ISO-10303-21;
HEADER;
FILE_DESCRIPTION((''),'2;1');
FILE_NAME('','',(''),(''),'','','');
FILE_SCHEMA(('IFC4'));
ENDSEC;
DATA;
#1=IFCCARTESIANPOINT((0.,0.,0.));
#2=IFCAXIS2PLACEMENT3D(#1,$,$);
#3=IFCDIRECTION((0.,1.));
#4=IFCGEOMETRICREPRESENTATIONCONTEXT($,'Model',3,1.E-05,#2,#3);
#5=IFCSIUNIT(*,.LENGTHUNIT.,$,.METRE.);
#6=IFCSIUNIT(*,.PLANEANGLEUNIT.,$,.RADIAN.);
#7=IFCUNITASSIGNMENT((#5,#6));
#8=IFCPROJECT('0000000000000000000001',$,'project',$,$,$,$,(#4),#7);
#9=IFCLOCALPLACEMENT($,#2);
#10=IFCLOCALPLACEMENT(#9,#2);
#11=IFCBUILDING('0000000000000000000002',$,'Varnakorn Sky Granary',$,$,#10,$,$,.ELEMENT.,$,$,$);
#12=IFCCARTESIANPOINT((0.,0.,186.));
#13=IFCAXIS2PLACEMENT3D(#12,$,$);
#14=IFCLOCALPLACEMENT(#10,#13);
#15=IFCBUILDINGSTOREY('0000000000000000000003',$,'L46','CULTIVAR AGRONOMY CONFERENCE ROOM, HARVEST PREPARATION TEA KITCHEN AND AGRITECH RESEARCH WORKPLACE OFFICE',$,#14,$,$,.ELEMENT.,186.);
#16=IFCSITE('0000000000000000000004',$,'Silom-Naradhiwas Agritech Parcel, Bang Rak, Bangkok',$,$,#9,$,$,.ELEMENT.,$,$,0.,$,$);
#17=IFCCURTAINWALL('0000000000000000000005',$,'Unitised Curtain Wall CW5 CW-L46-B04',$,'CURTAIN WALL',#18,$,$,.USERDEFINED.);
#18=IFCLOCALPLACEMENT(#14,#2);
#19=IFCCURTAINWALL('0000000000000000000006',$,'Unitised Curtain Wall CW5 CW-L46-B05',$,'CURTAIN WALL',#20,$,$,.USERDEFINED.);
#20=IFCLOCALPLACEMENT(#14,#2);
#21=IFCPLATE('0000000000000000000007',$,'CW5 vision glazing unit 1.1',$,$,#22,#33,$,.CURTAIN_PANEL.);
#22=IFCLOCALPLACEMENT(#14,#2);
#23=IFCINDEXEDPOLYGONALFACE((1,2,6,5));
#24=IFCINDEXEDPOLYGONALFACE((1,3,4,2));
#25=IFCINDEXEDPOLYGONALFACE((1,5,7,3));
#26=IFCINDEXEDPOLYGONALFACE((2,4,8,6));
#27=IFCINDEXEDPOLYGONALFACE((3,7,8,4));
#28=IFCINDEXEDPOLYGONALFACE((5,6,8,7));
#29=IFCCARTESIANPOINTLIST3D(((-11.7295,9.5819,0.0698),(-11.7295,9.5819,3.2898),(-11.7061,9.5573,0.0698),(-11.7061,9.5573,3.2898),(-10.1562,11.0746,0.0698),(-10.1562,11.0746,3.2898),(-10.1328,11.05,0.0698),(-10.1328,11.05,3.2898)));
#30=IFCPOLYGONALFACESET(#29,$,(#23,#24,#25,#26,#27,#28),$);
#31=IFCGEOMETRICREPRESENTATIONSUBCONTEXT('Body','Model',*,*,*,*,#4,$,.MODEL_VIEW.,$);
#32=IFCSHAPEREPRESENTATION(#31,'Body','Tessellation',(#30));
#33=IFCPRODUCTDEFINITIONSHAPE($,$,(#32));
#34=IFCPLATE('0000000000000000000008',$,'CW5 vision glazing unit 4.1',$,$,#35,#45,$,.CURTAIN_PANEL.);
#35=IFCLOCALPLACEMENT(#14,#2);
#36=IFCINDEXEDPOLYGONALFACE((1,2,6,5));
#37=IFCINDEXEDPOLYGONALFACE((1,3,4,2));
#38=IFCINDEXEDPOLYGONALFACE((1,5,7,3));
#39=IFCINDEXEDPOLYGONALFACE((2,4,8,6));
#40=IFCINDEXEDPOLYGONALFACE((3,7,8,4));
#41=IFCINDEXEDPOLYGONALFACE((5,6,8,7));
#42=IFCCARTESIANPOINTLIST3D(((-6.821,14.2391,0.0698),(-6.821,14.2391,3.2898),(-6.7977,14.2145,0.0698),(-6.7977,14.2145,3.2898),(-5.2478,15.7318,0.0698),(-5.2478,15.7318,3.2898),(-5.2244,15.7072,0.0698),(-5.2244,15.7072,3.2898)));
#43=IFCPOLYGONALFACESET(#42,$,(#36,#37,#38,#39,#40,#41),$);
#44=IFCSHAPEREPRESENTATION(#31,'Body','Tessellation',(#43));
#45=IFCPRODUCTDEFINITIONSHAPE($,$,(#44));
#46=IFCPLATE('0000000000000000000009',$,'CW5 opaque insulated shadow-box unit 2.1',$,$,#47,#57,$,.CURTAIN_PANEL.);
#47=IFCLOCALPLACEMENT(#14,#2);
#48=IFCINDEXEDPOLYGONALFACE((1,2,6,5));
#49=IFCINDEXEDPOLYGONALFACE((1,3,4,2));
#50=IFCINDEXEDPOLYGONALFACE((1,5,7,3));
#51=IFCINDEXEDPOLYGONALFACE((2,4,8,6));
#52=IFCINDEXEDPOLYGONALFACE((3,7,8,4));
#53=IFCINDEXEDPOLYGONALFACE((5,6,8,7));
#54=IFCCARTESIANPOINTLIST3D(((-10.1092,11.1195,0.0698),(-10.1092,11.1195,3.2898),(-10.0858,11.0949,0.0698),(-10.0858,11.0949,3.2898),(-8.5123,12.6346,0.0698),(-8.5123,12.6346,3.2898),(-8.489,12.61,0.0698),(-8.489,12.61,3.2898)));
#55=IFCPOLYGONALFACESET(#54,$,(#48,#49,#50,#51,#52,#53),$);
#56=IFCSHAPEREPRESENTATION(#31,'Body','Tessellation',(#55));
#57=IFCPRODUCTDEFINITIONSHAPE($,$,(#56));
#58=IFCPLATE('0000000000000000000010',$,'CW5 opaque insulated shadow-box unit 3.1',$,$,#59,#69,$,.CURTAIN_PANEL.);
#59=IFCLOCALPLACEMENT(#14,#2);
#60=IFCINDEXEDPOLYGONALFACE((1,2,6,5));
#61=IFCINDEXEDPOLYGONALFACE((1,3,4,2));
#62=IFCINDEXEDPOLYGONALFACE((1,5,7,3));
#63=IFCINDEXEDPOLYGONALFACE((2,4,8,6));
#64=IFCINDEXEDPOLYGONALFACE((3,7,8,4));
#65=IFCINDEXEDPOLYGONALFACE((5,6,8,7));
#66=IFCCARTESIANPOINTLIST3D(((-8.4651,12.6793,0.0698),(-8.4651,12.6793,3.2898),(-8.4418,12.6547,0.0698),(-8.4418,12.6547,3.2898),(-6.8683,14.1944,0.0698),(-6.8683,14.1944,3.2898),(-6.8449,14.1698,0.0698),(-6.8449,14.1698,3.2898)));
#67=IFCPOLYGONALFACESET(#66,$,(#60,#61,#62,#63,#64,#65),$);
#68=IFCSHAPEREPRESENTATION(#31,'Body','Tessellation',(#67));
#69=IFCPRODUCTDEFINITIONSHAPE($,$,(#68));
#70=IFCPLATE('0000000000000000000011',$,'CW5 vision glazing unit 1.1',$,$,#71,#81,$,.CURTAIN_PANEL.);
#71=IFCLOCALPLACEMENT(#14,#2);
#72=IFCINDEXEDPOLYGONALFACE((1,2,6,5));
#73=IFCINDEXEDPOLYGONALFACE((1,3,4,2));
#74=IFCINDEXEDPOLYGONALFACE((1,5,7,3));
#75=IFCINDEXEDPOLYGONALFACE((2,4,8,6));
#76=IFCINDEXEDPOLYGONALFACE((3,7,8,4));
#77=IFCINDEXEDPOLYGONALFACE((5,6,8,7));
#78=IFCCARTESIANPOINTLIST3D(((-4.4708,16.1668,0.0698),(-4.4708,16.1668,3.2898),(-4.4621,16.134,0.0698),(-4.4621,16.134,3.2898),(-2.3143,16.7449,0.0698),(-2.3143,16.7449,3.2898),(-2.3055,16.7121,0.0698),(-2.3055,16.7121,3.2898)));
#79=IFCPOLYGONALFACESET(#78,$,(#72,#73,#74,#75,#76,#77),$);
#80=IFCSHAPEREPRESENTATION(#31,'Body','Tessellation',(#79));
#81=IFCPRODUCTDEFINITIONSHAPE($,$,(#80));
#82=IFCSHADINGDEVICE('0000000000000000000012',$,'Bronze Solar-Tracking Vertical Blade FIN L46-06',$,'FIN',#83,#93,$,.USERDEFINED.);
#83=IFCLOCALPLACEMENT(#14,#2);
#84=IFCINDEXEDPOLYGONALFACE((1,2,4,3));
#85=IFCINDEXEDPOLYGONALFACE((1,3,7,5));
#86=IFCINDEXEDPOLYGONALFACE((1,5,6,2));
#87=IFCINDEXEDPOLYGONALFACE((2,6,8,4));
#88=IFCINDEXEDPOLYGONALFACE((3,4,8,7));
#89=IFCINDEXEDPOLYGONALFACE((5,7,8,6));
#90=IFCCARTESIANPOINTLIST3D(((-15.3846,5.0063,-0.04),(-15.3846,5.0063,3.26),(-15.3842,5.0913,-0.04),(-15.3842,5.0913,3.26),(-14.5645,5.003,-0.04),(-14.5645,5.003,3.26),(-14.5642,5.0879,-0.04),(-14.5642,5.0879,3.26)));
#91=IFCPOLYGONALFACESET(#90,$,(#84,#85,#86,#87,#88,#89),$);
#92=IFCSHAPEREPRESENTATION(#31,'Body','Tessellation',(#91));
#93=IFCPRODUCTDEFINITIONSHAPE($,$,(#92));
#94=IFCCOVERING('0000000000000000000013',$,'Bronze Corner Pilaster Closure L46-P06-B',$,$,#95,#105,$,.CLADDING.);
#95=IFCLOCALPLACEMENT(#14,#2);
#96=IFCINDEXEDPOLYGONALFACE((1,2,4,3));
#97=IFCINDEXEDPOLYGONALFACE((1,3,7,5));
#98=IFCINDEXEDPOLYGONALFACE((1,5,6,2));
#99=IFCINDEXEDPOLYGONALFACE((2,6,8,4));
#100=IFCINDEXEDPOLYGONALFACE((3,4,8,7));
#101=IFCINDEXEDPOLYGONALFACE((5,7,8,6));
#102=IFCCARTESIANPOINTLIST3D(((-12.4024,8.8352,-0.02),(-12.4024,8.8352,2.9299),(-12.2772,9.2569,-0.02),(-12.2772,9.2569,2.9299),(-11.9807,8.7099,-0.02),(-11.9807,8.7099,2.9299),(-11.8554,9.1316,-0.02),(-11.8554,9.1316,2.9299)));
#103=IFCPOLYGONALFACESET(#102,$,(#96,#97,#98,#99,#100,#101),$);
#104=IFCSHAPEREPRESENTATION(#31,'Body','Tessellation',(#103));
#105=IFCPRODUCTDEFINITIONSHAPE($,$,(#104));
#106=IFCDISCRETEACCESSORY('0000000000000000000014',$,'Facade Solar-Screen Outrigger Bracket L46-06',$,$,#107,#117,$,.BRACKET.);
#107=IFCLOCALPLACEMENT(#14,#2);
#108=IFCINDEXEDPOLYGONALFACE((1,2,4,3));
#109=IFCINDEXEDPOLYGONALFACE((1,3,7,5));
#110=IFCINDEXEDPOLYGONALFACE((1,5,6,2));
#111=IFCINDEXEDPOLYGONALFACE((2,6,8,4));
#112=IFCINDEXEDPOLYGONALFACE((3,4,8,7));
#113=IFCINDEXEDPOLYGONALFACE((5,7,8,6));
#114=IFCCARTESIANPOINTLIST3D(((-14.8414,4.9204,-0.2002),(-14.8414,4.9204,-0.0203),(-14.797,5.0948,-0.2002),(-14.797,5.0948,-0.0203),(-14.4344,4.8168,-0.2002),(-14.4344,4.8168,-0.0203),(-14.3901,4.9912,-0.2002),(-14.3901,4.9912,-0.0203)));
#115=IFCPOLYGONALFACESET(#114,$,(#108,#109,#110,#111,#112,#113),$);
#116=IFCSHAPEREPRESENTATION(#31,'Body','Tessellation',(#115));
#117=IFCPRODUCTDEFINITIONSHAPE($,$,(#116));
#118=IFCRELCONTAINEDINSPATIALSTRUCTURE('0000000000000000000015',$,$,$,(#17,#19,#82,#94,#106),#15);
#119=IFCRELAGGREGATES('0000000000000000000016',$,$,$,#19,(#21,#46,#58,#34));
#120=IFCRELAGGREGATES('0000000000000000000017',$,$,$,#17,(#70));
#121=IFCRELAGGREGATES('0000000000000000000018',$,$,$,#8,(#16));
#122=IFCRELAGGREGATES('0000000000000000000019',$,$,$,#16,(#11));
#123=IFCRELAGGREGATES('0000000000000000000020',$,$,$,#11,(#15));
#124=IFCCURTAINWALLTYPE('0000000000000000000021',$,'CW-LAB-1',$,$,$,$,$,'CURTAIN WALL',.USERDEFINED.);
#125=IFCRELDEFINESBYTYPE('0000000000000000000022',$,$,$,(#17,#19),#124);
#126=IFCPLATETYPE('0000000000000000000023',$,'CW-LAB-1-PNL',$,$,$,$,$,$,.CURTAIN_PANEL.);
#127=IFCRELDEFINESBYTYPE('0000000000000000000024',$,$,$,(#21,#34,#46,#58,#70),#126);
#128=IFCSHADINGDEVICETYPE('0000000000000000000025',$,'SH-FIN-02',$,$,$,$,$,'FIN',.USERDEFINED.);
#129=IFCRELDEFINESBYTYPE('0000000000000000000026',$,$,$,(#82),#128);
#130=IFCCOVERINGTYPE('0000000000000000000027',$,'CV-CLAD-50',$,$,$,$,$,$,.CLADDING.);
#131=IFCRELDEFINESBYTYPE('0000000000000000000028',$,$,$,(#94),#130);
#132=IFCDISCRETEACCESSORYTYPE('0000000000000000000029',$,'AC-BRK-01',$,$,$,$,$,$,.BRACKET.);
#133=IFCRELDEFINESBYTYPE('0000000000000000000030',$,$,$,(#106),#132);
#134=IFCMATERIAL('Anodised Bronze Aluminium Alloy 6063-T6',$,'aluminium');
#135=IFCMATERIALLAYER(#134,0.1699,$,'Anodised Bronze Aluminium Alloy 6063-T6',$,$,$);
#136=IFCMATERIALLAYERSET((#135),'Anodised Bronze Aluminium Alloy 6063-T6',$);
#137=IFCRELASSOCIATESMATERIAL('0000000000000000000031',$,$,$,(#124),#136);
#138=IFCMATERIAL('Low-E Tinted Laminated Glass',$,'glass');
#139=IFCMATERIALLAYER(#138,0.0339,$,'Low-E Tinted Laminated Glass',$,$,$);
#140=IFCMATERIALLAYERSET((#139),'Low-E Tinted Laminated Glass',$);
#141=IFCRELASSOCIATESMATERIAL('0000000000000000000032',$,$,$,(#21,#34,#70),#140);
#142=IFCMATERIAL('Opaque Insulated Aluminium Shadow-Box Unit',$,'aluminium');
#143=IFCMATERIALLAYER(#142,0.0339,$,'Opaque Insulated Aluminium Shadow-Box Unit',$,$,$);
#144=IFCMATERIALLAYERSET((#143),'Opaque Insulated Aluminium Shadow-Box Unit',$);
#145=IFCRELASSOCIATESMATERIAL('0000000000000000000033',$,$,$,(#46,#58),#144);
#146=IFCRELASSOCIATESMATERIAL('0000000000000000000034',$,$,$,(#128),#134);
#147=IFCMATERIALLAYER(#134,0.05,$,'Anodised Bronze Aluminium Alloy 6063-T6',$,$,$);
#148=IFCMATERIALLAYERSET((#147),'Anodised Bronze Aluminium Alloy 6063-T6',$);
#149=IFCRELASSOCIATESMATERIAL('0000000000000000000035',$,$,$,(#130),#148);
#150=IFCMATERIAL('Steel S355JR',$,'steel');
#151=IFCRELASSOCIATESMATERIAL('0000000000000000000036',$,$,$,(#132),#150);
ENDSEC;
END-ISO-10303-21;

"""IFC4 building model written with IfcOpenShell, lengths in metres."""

from ifc_helpers import new_model, si_unit, direction, frame, origin, origin_2d, place, context, subcontext, project, spatial, rectangle, extrude, source, transform, mapped, material, layer, layer_set, type_object, type_shapes, element, aggregate, save


model = new_model("IFC4")

# Units and contexts
model_context = context("Model", 3, precision=1e-05, world=origin(), true_north=direction((0.0, 1.0)))
body_context = subcontext(model_context, "Body", "Model", "MODEL_VIEW")
ifc_project = project(units=[si_unit("LENGTHUNIT", "METRE"), si_unit("PLANEANGLEUNIT", "RADIAN")], contexts=[model_context])

# Site, building, storey
site_placement = place(None, origin())
site = spatial("IfcSite", under=ifc_project, at=site_placement, Name="Silom-Naradhiwas Agritech Parcel, Bang Rak, Bangkok", CompositionType="ELEMENT", RefElevation=0.0)
building_placement = place(site_placement, origin())
building = spatial("IfcBuilding", under=site, at=building_placement, Name="Varnakorn Sky Granary", CompositionType="ELEMENT")
storey_placement = place(building_placement, frame((0.0, 0.0, 186.0)))
storey = spatial("IfcBuildingStorey", under=building, at=storey_placement, Name="L46", Description="CULTIVAR AGRONOMY CONFERENCE ROOM, HARVEST PREPARATION TEA KITCHEN AND AGRITECH RESEARCH WORKPLACE OFFICE", CompositionType="ELEMENT", Elevation=186.0)

# Shared definitions
ifc_material_1 = material(Name="Steel S355JR", Category="steel")

# Curtain walls
ifc_material_2 = material(Name="Anodised Bronze Aluminium Alloy 6063-T6", Category="aluminium")
ifc_layer_1 = layer(ifc_material_2, 0.1699, Name="Anodised Bronze Aluminium Alloy 6063-T6")
ifc_layer_set_1 = layer_set([ifc_layer_1], Name="Anodised Bronze Aluminium Alloy 6063-T6")
curtain_wall_type = type_object("IfcCurtainWallType", Name="CW-LAB-1", ElementType="CURTAIN WALL", PredefinedType="USERDEFINED", material=ifc_layer_set_1)
curtain_wall_1_placement = place(storey_placement, origin())
curtain_wall_1 = element("IfcCurtainWall", 1, at=curtain_wall_1_placement, inside=storey, type_object=curtain_wall_type, Name="Unitised Curtain Wall CW5 CW-L46-B04", ObjectType="CURTAIN WALL", PredefinedType="USERDEFINED")
curtain_wall_2_placement = place(storey_placement, origin())
curtain_wall_2 = element("IfcCurtainWall", 2, at=curtain_wall_2_placement, inside=storey, type_object=curtain_wall_type, Name="Unitised Curtain Wall CW5 CW-L46-B05", ObjectType="CURTAIN WALL", PredefinedType="USERDEFINED")

# Plates
ifc_material_3 = material(Name="Low-E Tinted Laminated Glass", Category="glass")
ifc_layer_2 = layer(ifc_material_3, 0.0339, Name="Low-E Tinted Laminated Glass")
ifc_layer_set_2 = layer_set([ifc_layer_2], Name="Low-E Tinted Laminated Glass")
plate_type = type_object("IfcPlateType", Name="CW-LAB-1-PNL", PredefinedType="CURTAIN_PANEL")
shared_shape_1 = source(origin(), body_context, "Body", "SweptSolid", [
    extrude(rectangle(XDim=2.1687, YDim=0.0339, at=origin_2d()), origin(), (0.0, 0.0, 1.0), 3.22),
])
plate_1_placement = place(storey_placement, frame((-10.9312, 10.3159, 0.0698), z_axis=(0.0, 0.0, 1.0), x_axis=(0.725434, 0.688292, 0.0)))
plate_1 = element("IfcPlate", 3, at=plate_1_placement, type_object=plate_type, material=ifc_layer_set_2, Name="CW5 vision glazing unit 1.1", PredefinedType="CURTAIN_PANEL", context=body_context, shape_type="MappedRepresentation", body=[
    mapped(shared_shape_1, transform((0.0, 0.0, 0.0), x_axis=(1.0, 0.0, 0.0), y_axis=(0.0, 1.0, 0.0), z_axis=(0.0, 0.0, 1.0), scale=1.0)),
])
plate_2_placement = place(storey_placement, frame((-6.0227, 14.9731, 0.0698), z_axis=(0.0, 0.0, 1.0), x_axis=(0.725434, 0.688292, 0.0)))
plate_2 = element("IfcPlate", 4, at=plate_2_placement, type_object=plate_type, material=ifc_layer_set_2, Name="CW5 vision glazing unit 4.1", PredefinedType="CURTAIN_PANEL", context=body_context, shape_type="MappedRepresentation", body=[
    mapped(shared_shape_1, transform((0.0, 0.0, 0.0), x_axis=(1.0, 0.0, 0.0), y_axis=(0.0, 1.0, 0.0), z_axis=(0.0, 0.0, 1.0), scale=1.0)),
])
ifc_material_4 = material(Name="Opaque Insulated Aluminium Shadow-Box Unit", Category="aluminium")
ifc_layer_3 = layer(ifc_material_4, 0.0339, Name="Opaque Insulated Aluminium Shadow-Box Unit")
ifc_layer_set_3 = layer_set([ifc_layer_3], Name="Opaque Insulated Aluminium Shadow-Box Unit")
shared_shape_2 = source(origin(), body_context, "Body", "SweptSolid", [
    extrude(rectangle(XDim=2.2012, YDim=0.0339, at=origin_2d()), origin(), (0.0, 0.0, 1.0), 3.22),
])
plate_3_placement = place(storey_placement, frame((-9.2991, 11.8647, 0.0698), z_axis=(0.0, 0.0, 1.0), x_axis=(0.725434, 0.688292, 0.0)))
plate_3 = element("IfcPlate", 5, at=plate_3_placement, type_object=plate_type, material=ifc_layer_set_3, Name="CW5 opaque insulated shadow-box unit 2.1", PredefinedType="CURTAIN_PANEL", context=body_context, shape_type="MappedRepresentation", body=[
    mapped(shared_shape_2, transform((0.0, 0.0, 0.0), x_axis=(1.0, 0.0, 0.0), y_axis=(0.0, 1.0, 0.0), z_axis=(0.0, 0.0, 1.0), scale=1.0)),
])
plate_4_placement = place(storey_placement, frame((-7.655, 13.4246, 0.0698), z_axis=(0.0, 0.0, 1.0), x_axis=(0.725434, 0.688292, 0.0)))
plate_4 = element("IfcPlate", 6, at=plate_4_placement, type_object=plate_type, material=ifc_layer_set_3, Name="CW5 opaque insulated shadow-box unit 3.1", PredefinedType="CURTAIN_PANEL", context=body_context, shape_type="MappedRepresentation", body=[
    mapped(shared_shape_2, transform((0.0, 0.0, 0.0), x_axis=(1.0, 0.0, 0.0), y_axis=(0.0, 1.0, 0.0), z_axis=(0.0, 0.0, 1.0), scale=1.0)),
])
aggregate(curtain_wall_2, [plate_1, plate_3, plate_4, plate_2])
shared_shape_3 = source(origin(), body_context, "Body", "SweptSolid", [
    extrude(rectangle(XDim=2.2327, YDim=0.0339, at=origin_2d()), origin(), (0.0, 0.0, 1.0), 3.22),
])
type_shapes(plate_type, [shared_shape_1, shared_shape_2, shared_shape_3])
plate_5_placement = place(storey_placement, frame((-3.3882, 16.4395, 0.0698), z_axis=(0.0, 0.0, 1.0), x_axis=(0.965897, 0.258925, 0.0)))
plate_5 = element("IfcPlate", 7, at=plate_5_placement, type_object=plate_type, material=ifc_layer_set_2, Name="CW5 vision glazing unit 1.1", PredefinedType="CURTAIN_PANEL", context=body_context, shape_type="MappedRepresentation", body=[
    mapped(shared_shape_3, transform((0.0, 0.0, 0.0), x_axis=(1.0, 0.0, 0.0), y_axis=(0.0, 1.0, 0.0), z_axis=(0.0, 0.0, 1.0), scale=1.0)),
])
aggregate(curtain_wall_1, [plate_5])

# Shading device
shading_device_type = type_object("IfcShadingDeviceType", Name="SH-FIN-02", ElementType="FIN", PredefinedType="USERDEFINED", material=ifc_material_2)
shared_shape_4 = source(origin(), body_context, "Body", "SweptSolid", [
    extrude(rectangle(XDim=0.085, YDim=0.8201, at=origin_2d()), origin(), (0.0, 0.0, 1.0), 3.3),
])
type_shapes(shading_device_type, [shared_shape_4])
shading_device_placement = place(storey_placement, frame((-14.9744, 5.0471, -0.04), z_axis=(0.0, 0.0, 1.0), x_axis=(-0.004034, -0.999992, 0.0)))
element("IfcShadingDevice", 8, at=shading_device_placement, inside=storey, type_object=shading_device_type, Name="Bronze Solar-Tracking Vertical Blade FIN L46-06", ObjectType="FIN", PredefinedType="USERDEFINED", context=body_context, shape_type="MappedRepresentation", body=[
    mapped(shared_shape_4, transform((0.0, 0.0, 0.0), x_axis=(1.0, 0.0, 0.0), y_axis=(0.0, 1.0, 0.0), z_axis=(0.0, 0.0, 1.0), scale=1.0)),
])

# Covering
ifc_layer_4 = layer(ifc_material_2, 0.05, Name="Anodised Bronze Aluminium Alloy 6063-T6")
ifc_layer_set_4 = layer_set([ifc_layer_4], Name="Anodised Bronze Aluminium Alloy 6063-T6")
covering_type = type_object("IfcCoveringType", Name="CV-CLAD-50", PredefinedType="CLADDING", material=ifc_layer_set_4)
shared_shape_5 = source(origin(), body_context, "Body", "SweptSolid", [
    extrude(rectangle(XDim=0.4399, YDim=0.4399, at=origin_2d()), origin(), (0.0, 0.0, 1.0), 2.95),
])
type_shapes(covering_type, [shared_shape_5])
covering_placement = place(storey_placement, frame((-12.1289, 8.9834, -0.02), z_axis=(0.0, 0.0, 1.0), x_axis=(0.284685, 0.958621, 0.0)))
element("IfcCovering", 9, at=covering_placement, inside=storey, type_object=covering_type, Name="Bronze Corner Pilaster Closure L46-P06-B", PredefinedType="CLADDING", context=body_context, shape_type="MappedRepresentation", body=[
    mapped(shared_shape_5, transform((0.0, 0.0, 0.0), x_axis=(1.0, 0.0, 0.0), y_axis=(0.0, 1.0, 0.0), z_axis=(0.0, 0.0, 1.0), scale=1.0)),
])

# Discrete accessory
discrete_accessory_type = type_object("IfcDiscreteAccessoryType", Name="AC-BRK-01", PredefinedType="BRACKET", material=ifc_material_1)
shared_shape_6 = source(origin(), body_context, "Body", "SweptSolid", [
    extrude(rectangle(XDim=0.1799, YDim=0.4199, at=origin_2d()), origin(), (0.0, 0.0, 1.0), 0.1799),
])
type_shapes(discrete_accessory_type, [shared_shape_6])
discrete_accessory_placement = place(storey_placement, frame((-14.6157, 4.9558, -0.2002), z_axis=(0.0, 0.0, 1.0), x_axis=(-0.246717, -0.969088, 0.0)))
element("IfcDiscreteAccessory", 10, at=discrete_accessory_placement, inside=storey, type_object=discrete_accessory_type, Name="Facade Solar-Screen Outrigger Bracket L46-06", PredefinedType="BRACKET", context=body_context, shape_type="MappedRepresentation", body=[
    mapped(shared_shape_6, transform((0.0, 0.0, 0.0), x_axis=(1.0, 0.0, 0.0), y_axis=(0.0, 1.0, 0.0), z_axis=(0.0, 0.0, 1.0), scale=1.0)),
])

save(model, "model.ifc")
